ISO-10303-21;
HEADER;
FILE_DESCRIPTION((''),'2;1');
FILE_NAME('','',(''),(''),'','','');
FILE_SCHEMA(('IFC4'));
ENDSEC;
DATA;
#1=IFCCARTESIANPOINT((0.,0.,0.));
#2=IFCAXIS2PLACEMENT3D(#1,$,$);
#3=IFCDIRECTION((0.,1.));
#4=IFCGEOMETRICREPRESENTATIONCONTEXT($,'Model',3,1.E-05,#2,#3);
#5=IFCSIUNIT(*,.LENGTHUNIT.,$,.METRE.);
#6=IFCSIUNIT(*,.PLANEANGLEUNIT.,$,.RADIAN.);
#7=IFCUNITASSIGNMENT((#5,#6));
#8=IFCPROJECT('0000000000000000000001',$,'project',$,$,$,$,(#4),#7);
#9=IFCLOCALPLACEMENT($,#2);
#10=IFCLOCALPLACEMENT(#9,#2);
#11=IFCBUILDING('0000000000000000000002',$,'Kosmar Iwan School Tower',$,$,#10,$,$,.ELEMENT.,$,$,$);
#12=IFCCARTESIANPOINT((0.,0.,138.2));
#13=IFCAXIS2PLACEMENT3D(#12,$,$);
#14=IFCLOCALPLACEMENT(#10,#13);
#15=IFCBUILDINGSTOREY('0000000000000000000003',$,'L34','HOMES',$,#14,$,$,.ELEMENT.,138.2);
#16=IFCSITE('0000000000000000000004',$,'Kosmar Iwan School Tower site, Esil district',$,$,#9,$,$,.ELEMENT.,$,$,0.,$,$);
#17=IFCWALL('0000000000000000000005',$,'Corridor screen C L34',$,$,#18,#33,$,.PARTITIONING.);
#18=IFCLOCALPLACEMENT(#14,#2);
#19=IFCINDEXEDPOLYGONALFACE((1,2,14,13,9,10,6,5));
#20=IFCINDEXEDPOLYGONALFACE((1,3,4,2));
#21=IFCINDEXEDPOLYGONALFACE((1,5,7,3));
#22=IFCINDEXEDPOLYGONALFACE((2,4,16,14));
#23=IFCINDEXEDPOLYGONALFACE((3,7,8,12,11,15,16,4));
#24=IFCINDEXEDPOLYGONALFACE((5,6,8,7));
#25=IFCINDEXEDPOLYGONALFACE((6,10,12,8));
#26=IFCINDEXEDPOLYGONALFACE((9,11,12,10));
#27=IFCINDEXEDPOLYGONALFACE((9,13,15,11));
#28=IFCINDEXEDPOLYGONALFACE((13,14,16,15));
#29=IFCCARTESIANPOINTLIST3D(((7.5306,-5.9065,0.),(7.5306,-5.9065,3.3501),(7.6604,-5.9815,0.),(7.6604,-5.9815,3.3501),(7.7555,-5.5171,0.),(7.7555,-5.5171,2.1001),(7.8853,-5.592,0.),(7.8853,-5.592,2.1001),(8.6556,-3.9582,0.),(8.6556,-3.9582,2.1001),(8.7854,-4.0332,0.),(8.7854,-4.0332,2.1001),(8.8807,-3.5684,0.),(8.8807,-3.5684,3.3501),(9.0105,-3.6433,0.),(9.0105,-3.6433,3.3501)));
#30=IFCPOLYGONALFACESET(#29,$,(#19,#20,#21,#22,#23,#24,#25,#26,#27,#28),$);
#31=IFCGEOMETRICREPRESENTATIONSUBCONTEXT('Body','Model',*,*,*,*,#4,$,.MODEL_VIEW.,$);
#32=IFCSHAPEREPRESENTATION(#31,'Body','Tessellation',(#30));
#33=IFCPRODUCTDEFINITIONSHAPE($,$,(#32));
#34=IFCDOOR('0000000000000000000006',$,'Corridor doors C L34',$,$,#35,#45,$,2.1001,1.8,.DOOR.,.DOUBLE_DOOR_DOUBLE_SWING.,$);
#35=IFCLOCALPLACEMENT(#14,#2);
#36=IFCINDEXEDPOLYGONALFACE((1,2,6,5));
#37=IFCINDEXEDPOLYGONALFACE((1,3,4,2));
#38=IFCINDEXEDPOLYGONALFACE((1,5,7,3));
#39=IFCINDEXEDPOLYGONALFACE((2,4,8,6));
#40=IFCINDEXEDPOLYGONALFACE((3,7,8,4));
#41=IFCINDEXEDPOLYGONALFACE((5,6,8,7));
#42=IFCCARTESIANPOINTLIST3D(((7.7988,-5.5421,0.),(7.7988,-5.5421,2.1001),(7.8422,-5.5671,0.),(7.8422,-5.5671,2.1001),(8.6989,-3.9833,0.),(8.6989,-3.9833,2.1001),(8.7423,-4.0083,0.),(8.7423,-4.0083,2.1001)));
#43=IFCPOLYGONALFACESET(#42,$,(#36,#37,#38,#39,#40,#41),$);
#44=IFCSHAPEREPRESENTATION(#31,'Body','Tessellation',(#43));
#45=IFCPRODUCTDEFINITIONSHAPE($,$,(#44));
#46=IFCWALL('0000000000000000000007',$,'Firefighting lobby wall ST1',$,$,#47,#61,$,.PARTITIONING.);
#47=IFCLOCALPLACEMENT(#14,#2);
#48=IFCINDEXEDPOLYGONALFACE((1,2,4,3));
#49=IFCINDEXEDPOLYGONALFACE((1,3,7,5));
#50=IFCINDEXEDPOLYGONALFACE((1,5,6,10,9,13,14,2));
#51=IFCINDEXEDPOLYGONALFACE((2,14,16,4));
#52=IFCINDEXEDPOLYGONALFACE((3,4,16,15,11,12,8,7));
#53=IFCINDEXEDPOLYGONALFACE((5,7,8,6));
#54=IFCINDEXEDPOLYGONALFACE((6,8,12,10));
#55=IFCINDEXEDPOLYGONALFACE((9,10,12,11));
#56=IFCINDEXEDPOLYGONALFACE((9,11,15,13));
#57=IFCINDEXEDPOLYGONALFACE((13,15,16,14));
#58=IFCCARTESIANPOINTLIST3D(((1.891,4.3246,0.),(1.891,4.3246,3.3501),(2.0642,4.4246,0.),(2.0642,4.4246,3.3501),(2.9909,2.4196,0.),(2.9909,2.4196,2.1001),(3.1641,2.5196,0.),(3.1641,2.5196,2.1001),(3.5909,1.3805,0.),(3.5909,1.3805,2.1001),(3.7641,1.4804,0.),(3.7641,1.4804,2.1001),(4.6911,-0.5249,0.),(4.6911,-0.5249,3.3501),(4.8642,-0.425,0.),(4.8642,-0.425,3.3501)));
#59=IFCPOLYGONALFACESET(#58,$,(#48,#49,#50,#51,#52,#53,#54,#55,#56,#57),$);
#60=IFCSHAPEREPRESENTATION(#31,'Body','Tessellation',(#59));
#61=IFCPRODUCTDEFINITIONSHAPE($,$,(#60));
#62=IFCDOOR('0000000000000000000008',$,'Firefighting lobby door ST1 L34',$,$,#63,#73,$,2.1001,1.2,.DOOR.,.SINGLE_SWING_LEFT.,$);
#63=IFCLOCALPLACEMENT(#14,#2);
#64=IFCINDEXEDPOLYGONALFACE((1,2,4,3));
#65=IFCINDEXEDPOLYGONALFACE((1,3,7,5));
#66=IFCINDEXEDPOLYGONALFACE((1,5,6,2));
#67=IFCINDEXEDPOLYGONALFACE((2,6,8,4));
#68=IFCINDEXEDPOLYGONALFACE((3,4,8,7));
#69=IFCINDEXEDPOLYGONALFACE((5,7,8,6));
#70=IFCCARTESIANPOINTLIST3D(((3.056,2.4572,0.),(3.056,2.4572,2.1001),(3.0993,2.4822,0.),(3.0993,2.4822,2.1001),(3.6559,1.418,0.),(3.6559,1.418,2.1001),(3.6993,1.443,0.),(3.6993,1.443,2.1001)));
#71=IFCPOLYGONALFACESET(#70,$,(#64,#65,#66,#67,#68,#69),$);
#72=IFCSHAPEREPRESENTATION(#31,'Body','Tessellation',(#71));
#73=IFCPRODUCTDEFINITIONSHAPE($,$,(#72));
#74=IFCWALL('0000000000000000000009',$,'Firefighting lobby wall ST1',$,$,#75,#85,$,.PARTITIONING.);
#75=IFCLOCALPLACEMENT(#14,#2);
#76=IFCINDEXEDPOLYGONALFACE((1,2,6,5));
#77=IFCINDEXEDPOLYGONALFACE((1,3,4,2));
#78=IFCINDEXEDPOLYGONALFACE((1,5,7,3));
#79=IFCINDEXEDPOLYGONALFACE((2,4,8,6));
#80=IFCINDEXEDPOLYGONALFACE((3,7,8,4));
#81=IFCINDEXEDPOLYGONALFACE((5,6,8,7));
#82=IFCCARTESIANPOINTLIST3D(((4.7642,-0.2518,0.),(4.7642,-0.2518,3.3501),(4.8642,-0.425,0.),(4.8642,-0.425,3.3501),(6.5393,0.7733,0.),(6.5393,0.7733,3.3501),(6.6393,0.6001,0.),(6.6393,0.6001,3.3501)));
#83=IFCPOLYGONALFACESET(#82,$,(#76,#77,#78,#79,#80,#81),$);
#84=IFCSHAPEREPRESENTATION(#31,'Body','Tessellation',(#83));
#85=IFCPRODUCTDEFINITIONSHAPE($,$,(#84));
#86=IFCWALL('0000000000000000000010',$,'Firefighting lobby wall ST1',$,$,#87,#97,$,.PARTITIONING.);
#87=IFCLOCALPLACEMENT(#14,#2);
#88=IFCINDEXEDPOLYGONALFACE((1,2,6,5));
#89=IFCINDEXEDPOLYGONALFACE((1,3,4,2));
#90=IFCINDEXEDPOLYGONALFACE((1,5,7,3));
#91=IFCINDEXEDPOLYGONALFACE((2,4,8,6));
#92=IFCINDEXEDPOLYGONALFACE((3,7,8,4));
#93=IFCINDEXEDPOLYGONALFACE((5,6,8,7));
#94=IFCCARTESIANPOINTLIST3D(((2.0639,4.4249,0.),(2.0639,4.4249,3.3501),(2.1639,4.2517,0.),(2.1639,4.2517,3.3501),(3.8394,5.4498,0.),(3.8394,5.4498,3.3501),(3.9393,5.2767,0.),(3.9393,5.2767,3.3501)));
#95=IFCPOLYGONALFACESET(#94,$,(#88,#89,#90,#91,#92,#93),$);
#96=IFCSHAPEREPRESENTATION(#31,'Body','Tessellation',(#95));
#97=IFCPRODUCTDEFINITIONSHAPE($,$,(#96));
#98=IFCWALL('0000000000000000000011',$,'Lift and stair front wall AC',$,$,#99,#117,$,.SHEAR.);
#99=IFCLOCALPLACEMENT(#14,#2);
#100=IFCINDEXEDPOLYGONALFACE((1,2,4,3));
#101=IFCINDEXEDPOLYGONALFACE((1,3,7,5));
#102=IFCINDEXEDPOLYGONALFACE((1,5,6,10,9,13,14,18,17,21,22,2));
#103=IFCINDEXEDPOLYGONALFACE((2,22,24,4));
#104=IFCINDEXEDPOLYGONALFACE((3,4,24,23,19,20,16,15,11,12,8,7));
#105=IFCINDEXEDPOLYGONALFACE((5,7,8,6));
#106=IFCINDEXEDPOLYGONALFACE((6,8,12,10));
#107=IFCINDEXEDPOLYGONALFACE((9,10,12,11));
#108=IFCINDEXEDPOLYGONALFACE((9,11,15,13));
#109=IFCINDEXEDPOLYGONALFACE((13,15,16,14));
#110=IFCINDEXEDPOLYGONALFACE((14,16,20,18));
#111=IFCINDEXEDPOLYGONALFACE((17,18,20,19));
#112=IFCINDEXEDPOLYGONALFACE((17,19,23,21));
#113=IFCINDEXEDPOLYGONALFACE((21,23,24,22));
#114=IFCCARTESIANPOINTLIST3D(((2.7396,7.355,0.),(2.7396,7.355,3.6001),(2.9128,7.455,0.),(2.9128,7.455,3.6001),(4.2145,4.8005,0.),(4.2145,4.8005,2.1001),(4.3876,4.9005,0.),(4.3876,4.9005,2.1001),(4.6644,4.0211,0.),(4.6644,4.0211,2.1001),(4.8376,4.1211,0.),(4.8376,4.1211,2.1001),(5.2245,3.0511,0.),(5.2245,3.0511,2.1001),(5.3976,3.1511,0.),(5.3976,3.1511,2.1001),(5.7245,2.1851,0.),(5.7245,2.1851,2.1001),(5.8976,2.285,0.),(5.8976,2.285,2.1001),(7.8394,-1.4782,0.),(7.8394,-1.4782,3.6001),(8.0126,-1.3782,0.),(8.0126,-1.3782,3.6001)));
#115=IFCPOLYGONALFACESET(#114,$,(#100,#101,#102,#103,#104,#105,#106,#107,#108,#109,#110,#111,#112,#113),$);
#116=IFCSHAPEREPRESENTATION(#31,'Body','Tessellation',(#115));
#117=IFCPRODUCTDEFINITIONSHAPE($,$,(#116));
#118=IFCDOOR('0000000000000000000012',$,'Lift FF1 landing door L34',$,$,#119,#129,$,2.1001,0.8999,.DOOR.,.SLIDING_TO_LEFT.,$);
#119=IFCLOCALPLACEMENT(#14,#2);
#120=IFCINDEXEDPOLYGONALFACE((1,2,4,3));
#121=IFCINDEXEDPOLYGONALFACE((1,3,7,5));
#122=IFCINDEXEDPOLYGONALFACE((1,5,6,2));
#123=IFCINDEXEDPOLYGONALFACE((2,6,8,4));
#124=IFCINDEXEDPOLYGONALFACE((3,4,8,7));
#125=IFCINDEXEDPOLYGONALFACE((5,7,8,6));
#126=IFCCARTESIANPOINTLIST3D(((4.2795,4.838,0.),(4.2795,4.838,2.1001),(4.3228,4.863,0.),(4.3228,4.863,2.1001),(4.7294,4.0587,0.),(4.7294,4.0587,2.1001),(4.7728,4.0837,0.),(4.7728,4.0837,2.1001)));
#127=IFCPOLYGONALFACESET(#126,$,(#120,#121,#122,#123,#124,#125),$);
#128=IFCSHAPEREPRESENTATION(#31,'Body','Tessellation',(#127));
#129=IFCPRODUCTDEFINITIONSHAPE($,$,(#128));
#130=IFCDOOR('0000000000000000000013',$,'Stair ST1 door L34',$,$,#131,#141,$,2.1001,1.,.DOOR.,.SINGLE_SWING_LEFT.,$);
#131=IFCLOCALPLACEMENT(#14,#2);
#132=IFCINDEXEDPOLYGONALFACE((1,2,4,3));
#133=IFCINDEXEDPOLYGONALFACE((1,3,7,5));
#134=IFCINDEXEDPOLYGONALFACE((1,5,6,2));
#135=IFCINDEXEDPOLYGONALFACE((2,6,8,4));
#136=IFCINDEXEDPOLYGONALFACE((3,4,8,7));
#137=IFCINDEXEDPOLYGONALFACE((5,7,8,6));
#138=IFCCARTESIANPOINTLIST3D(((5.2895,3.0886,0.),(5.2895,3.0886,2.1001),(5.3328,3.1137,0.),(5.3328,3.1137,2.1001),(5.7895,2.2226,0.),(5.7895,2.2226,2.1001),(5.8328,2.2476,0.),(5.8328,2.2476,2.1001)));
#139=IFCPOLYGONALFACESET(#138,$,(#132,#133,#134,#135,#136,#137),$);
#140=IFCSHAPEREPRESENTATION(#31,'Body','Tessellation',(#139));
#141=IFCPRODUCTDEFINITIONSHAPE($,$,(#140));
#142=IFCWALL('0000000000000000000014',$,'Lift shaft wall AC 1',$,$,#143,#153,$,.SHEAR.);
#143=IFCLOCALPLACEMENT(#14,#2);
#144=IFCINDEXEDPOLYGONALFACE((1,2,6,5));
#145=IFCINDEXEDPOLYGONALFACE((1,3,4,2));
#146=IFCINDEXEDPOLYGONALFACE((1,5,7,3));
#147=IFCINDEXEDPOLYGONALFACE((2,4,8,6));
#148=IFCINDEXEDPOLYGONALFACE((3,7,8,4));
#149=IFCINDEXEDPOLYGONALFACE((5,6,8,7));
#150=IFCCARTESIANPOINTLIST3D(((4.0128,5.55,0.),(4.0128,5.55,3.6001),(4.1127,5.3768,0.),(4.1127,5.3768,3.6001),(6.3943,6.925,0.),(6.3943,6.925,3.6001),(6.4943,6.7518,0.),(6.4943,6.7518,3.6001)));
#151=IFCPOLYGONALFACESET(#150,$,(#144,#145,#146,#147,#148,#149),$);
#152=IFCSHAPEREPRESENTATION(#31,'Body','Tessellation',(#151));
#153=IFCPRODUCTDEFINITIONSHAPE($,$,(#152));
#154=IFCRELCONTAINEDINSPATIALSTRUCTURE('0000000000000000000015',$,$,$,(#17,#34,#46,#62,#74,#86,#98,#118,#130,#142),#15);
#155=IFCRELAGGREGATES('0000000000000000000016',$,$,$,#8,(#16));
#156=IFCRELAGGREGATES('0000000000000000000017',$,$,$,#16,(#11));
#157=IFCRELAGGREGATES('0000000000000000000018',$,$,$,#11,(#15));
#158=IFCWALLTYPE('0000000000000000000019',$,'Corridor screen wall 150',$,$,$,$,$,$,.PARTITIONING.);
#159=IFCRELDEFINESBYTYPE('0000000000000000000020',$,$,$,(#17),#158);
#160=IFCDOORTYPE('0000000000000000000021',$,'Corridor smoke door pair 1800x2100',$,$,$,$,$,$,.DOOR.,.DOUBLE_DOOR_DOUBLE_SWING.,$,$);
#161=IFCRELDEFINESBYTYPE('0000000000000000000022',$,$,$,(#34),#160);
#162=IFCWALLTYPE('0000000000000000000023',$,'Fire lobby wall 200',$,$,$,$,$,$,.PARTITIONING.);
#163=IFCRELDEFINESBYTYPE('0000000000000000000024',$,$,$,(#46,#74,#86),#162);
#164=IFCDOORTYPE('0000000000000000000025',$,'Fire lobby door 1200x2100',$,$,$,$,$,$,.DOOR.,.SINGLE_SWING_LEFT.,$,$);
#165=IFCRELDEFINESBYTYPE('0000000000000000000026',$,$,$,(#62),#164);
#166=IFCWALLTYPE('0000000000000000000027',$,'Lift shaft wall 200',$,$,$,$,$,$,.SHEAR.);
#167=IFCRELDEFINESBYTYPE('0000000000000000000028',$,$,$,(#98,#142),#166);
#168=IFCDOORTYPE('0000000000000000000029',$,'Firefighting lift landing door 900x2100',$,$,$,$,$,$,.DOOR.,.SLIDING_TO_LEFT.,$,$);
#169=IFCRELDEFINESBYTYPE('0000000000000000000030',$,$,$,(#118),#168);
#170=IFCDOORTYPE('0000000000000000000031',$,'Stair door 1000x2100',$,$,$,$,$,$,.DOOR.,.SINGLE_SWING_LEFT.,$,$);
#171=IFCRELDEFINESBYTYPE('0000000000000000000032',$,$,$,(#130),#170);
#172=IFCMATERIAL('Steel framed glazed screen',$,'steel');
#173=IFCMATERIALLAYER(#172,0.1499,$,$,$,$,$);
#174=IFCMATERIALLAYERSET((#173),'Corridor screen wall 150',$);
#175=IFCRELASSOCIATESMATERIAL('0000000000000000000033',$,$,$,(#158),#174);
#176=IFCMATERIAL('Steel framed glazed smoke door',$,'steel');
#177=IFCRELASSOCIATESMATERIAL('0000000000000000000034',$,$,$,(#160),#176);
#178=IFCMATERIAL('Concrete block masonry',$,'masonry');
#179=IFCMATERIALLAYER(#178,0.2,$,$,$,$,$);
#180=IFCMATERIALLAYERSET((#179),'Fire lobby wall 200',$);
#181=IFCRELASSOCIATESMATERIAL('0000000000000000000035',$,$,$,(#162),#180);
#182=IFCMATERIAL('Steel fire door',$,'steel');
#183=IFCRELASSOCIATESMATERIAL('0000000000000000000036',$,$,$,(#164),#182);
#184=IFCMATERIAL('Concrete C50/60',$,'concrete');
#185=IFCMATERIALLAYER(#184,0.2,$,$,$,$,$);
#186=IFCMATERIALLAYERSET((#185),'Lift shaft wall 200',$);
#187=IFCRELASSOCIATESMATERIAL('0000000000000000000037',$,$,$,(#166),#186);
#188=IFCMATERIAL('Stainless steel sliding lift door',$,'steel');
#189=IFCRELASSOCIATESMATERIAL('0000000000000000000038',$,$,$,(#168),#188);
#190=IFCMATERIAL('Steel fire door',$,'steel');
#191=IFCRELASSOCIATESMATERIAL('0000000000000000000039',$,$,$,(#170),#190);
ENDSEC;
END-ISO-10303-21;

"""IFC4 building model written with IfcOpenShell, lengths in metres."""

from ifc_helpers import new_model, si_unit, direction, frame, frame_2d, origin, place, context, subcontext, project, spatial, rectangle, extrude, material, layer, layer_set, type_object, element, fill, save


model = new_model("IFC4")

# Units and contexts
model_context = context("Model", 3, precision=1e-05, world=origin(), true_north=direction((0.0, 1.0)))
body_context = subcontext(model_context, "Body", "Model", "MODEL_VIEW")
ifc_project = project(units=[si_unit("LENGTHUNIT", "METRE"), si_unit("PLANEANGLEUNIT", "RADIAN")], contexts=[model_context])

# Site, building, storey
site_placement = place(None, origin())
site = spatial("IfcSite", under=ifc_project, at=site_placement, Name="Kosmar Iwan School Tower site, Esil district", CompositionType="ELEMENT", RefElevation=0.0)
building_placement = place(site_placement, origin())
building = spatial("IfcBuilding", under=site, at=building_placement, Name="Kosmar Iwan School Tower", CompositionType="ELEMENT")
storey_placement = place(building_placement, frame((0.0, 0.0, 138.2)))
storey = spatial("IfcBuildingStorey", under=building, at=storey_placement, Name="L34", Description="HOMES", CompositionType="ELEMENT", Elevation=138.2)

# Walls, openings, doors
ifc_material_1 = material(Name="Steel framed glazed screen", Category="steel")
ifc_layer_1 = layer(ifc_material_1, 0.1499)
ifc_layer_set_1 = layer_set([ifc_layer_1], Name="Corridor screen wall 150")
wall_type_1 = type_object("IfcWallType", Name="Corridor screen wall 150", PredefinedType="PARTITIONING", material=ifc_layer_set_1)
wall_1_placement = place(storey_placement, frame((7.5955, -5.9441, 0.0), z_axis=(0.0, 0.0, 1.0), x_axis=(0.500049, 0.865997, 0.0)))
wall_1 = element("IfcWall", 1, at=wall_1_placement, inside=storey, type_object=wall_type_1, Name="Corridor screen C L34", PredefinedType="PARTITIONING", context=body_context, shape_type="SweptSolid", body=[
    extrude(rectangle(XDim=2.7, YDim=0.1499, at=frame_2d((1.3501, 0.0))), origin(), (0.0, 0.0, 1.0), 3.3501),
])
opening_1_placement = place(wall_1_placement, frame((0.45, 0.0, 0.0)))
opening_1 = element("IfcOpeningElement", 2, at=opening_1_placement, cuts=wall_1, PredefinedType="OPENING", context=body_context, shape_type="SweptSolid", body=[
    extrude(rectangle(XDim=1.8, YDim=2.1001, at=frame_2d((0.8999, 1.05))), frame((0.0, 0.0869, 0.0), z_axis=(0.0, -1.0, 0.0), x_axis=(1.0, 0.0, 0.0)), (0.0, 0.0, 1.0), 0.1738),
])
ifc_material_2 = material(Name="Steel framed glazed smoke door", Category="steel")
door_type_1 = type_object("IfcDoorType", Name="Corridor smoke door pair 1800x2100", OperationType="DOUBLE_DOOR_DOUBLE_SWING", PredefinedType="DOOR", material=ifc_material_2)
door_1_placement = place(opening_1_placement, origin())
door_1 = element("IfcDoor", 3, at=door_1_placement, inside=storey, type_object=door_type_1, Name="Corridor doors C L34", OperationType="DOUBLE_DOOR_DOUBLE_SWING", OverallHeight=2.1001, OverallWidth=1.8, PredefinedType="DOOR", context=body_context, shape_type="SweptSolid", body=[
    extrude(rectangle(XDim=1.8, YDim=2.1001, at=frame_2d((0.8999, 1.05))), frame((0.0, 0.0249, 0.0), z_axis=(0.0, -1.0, 0.0), x_axis=(1.0, 0.0, 0.0)), (0.0, 0.0, 1.0), 0.05),
])
fill(opening_1, door_1)
ifc_material_3 = material(Name="Concrete block masonry", Category="masonry")
ifc_layer_2 = layer(ifc_material_3, 0.2)
ifc_layer_set_2 = layer_set([ifc_layer_2], Name="Fire lobby wall 200")
wall_type_2 = type_object("IfcWallType", Name="Fire lobby wall 200", PredefinedType="PARTITIONING", material=ifc_layer_set_2)
wall_2_placement = place(storey_placement, frame((4.7776, -0.4749, 0.0), z_axis=(0.0, 0.0, 1.0), x_axis=(-0.500017, 0.866016, 0.0)))
wall_2 = element("IfcWall", 4, at=wall_2_placement, inside=storey, type_object=wall_type_2, Name="Firefighting lobby wall ST1", PredefinedType="PARTITIONING", context=body_context, shape_type="SweptSolid", body=[
    extrude(rectangle(XDim=5.5999, YDim=0.2, at=frame_2d((2.7998, 0.0))), origin(), (0.0, 0.0, 1.0), 3.3501),
])
opening_2_placement = place(wall_2_placement, frame((2.2, 0.0, 0.0)))
opening_2 = element("IfcOpeningElement", 5, at=opening_2_placement, cuts=wall_2, PredefinedType="OPENING", context=body_context, shape_type="SweptSolid", body=[
    extrude(rectangle(XDim=1.2, YDim=2.1001, at=frame_2d((0.6001, 1.05))), frame((0.0, 0.1121, 0.0), z_axis=(0.0, -1.0, 0.0), x_axis=(1.0, 0.0, 0.0)), (0.0, 0.0, 1.0), 0.2239),
])
ifc_material_4 = material(Name="Steel fire door", Category="steel")
door_type_2 = type_object("IfcDoorType", Name="Fire lobby door 1200x2100", OperationType="SINGLE_SWING_LEFT", PredefinedType="DOOR", material=ifc_material_4)
door_2_placement = place(opening_2_placement, origin())
door_2 = element("IfcDoor", 6, at=door_2_placement, inside=storey, type_object=door_type_2, Name="Firefighting lobby door ST1 L34", OperationType="SINGLE_SWING_LEFT", OverallHeight=2.1001, OverallWidth=1.2, PredefinedType="DOOR", context=body_context, shape_type="SweptSolid", body=[
    extrude(rectangle(XDim=1.2, YDim=2.1001, at=frame_2d((0.6001, 1.05))), frame((0.0, 0.0249, 0.0), z_axis=(0.0, -1.0, 0.0), x_axis=(1.0, 0.0, 0.0)), (0.0, 0.0, 1.0), 0.05),
])
fill(opening_2, door_2)

# Walls
wall_3_placement = place(storey_placement, frame((4.8142, -0.3384, 0.0), z_axis=(0.0, 0.0, 1.0), x_axis=(0.865969, 0.500097, 0.0)))
element("IfcWall", 7, at=wall_3_placement, inside=storey, type_object=wall_type_2, Name="Firefighting lobby wall ST1", PredefinedType="PARTITIONING", context=body_context, shape_type="SweptSolid", body=[
    extrude(rectangle(XDim=2.0498, YDim=0.2, at=frame_2d((1.0249, 0.0))), origin(), (0.0, 0.0, 1.0), 3.3501),
])
wall_4_placement = place(storey_placement, frame((2.114, 4.3384, 0.0), z_axis=(0.0, 0.0, 1.0), x_axis=(0.866051, 0.499956, 0.0)))
element("IfcWall", 8, at=wall_4_placement, inside=storey, type_object=wall_type_2, Name="Firefighting lobby wall ST1", PredefinedType="PARTITIONING", context=body_context, shape_type="SweptSolid", body=[
    extrude(rectangle(XDim=2.05, YDim=0.2, at=frame_2d((1.0249, 0.0))), origin(), (0.0, 0.0, 1.0), 3.3501),
])

# Wall, openings, doors
ifc_material_5 = material(Name="Concrete C50/60", Category="concrete")
ifc_layer_3 = layer(ifc_material_5, 0.2)
ifc_layer_set_3 = layer_set([ifc_layer_3], Name="Lift shaft wall 200")
wall_type_3 = type_object("IfcWallType", Name="Lift shaft wall 200", PredefinedType="SHEAR", material=ifc_layer_set_3)
wall_5_placement = place(storey_placement, frame((7.926, -1.4282, 0.0), z_axis=(0.0, 0.0, 1.0), x_axis=(-0.499998, 0.866027, 0.0)))
wall_5 = element("IfcWall", 9, at=wall_5_placement, inside=storey, type_object=wall_type_3, Name="Lift and stair front wall AC", PredefinedType="SHEAR", context=body_context, shape_type="SweptSolid", body=[
    extrude(rectangle(XDim=10.1997, YDim=0.2, at=frame_2d((5.0999, 0.0))), origin(), (0.0, 0.0, 1.0), 3.6001),
])
opening_3_placement = place(wall_5_placement, frame((6.3501, 0.0, 0.0)))
opening_3 = element("IfcOpeningElement", 10, at=opening_3_placement, cuts=wall_5, PredefinedType="OPENING", context=body_context, shape_type="SweptSolid", body=[
    extrude(rectangle(XDim=0.8999, YDim=2.1001, at=frame_2d((0.45, 1.05))), frame((0.0, 0.1121, 0.0), z_axis=(0.0, -1.0, 0.0), x_axis=(1.0, 0.0, 0.0)), (0.0, 0.0, 1.0), 0.2239),
])
opening_4_placement = place(wall_5_placement, frame((4.23, 0.0, 0.0)))
opening_4 = element("IfcOpeningElement", 11, at=opening_4_placement, cuts=wall_5, PredefinedType="OPENING", context=body_context, shape_type="SweptSolid", body=[
    extrude(rectangle(XDim=1.0, YDim=2.1001, at=frame_2d((0.5, 1.05))), frame((0.0, 0.1121, 0.0), z_axis=(0.0, -1.0, 0.0), x_axis=(1.0, 0.0, 0.0)), (0.0, 0.0, 1.0), 0.2239),
])
ifc_material_6 = material(Name="Stainless steel sliding lift door", Category="steel")
door_type_3 = type_object("IfcDoorType", Name="Firefighting lift landing door 900x2100", OperationType="SLIDING_TO_LEFT", PredefinedType="DOOR", material=ifc_material_6)
door_3_placement = place(opening_3_placement, origin())
door_3 = element("IfcDoor", 12, at=door_3_placement, inside=storey, type_object=door_type_3, Name="Lift FF1 landing door L34", OperationType="SLIDING_TO_LEFT", OverallHeight=2.1001, OverallWidth=0.8999, PredefinedType="DOOR", context=body_context, shape_type="SweptSolid", body=[
    extrude(rectangle(XDim=0.8999, YDim=2.1001, at=frame_2d((0.45, 1.05))), frame((0.0, 0.0249, 0.0), z_axis=(0.0, -1.0, 0.0), x_axis=(1.0, 0.0, 0.0)), (0.0, 0.0, 1.0), 0.05),
])
fill(opening_3, door_3)
ifc_material_7 = material(Name="Steel fire door", Category="steel")
door_type_4 = type_object("IfcDoorType", Name="Stair door 1000x2100", OperationType="SINGLE_SWING_LEFT", PredefinedType="DOOR", material=ifc_material_7)
door_4_placement = place(opening_4_placement, origin())
door_4 = element("IfcDoor", 13, at=door_4_placement, inside=storey, type_object=door_type_4, Name="Stair ST1 door L34", OperationType="SINGLE_SWING_LEFT", OverallHeight=2.1001, OverallWidth=1.0, PredefinedType="DOOR", context=body_context, shape_type="SweptSolid", body=[
    extrude(rectangle(XDim=1.0, YDim=2.1001, at=frame_2d((0.5, 1.05))), frame((0.0, 0.0249, 0.0), z_axis=(0.0, -1.0, 0.0), x_axis=(1.0, 0.0, 0.0)), (0.0, 0.0, 1.0), 0.05),
])
fill(opening_4, door_4)

# Wall
wall_6_placement = place(storey_placement, frame((4.0627, 5.4634, 0.0), z_axis=(0.0, 0.0, 1.0), x_axis=(0.866027, 0.499997, 0.0)))
element("IfcWall", 14, at=wall_6_placement, inside=storey, type_object=wall_type_3, Name="Lift shaft wall AC 1", PredefinedType="SHEAR", context=body_context, shape_type="SweptSolid", body=[
    extrude(rectangle(XDim=2.75, YDim=0.2, at=frame_2d((1.375, 0.0))), origin(), (0.0, 0.0, 1.0), 3.6001),
])

save(model, "model.ifc")
